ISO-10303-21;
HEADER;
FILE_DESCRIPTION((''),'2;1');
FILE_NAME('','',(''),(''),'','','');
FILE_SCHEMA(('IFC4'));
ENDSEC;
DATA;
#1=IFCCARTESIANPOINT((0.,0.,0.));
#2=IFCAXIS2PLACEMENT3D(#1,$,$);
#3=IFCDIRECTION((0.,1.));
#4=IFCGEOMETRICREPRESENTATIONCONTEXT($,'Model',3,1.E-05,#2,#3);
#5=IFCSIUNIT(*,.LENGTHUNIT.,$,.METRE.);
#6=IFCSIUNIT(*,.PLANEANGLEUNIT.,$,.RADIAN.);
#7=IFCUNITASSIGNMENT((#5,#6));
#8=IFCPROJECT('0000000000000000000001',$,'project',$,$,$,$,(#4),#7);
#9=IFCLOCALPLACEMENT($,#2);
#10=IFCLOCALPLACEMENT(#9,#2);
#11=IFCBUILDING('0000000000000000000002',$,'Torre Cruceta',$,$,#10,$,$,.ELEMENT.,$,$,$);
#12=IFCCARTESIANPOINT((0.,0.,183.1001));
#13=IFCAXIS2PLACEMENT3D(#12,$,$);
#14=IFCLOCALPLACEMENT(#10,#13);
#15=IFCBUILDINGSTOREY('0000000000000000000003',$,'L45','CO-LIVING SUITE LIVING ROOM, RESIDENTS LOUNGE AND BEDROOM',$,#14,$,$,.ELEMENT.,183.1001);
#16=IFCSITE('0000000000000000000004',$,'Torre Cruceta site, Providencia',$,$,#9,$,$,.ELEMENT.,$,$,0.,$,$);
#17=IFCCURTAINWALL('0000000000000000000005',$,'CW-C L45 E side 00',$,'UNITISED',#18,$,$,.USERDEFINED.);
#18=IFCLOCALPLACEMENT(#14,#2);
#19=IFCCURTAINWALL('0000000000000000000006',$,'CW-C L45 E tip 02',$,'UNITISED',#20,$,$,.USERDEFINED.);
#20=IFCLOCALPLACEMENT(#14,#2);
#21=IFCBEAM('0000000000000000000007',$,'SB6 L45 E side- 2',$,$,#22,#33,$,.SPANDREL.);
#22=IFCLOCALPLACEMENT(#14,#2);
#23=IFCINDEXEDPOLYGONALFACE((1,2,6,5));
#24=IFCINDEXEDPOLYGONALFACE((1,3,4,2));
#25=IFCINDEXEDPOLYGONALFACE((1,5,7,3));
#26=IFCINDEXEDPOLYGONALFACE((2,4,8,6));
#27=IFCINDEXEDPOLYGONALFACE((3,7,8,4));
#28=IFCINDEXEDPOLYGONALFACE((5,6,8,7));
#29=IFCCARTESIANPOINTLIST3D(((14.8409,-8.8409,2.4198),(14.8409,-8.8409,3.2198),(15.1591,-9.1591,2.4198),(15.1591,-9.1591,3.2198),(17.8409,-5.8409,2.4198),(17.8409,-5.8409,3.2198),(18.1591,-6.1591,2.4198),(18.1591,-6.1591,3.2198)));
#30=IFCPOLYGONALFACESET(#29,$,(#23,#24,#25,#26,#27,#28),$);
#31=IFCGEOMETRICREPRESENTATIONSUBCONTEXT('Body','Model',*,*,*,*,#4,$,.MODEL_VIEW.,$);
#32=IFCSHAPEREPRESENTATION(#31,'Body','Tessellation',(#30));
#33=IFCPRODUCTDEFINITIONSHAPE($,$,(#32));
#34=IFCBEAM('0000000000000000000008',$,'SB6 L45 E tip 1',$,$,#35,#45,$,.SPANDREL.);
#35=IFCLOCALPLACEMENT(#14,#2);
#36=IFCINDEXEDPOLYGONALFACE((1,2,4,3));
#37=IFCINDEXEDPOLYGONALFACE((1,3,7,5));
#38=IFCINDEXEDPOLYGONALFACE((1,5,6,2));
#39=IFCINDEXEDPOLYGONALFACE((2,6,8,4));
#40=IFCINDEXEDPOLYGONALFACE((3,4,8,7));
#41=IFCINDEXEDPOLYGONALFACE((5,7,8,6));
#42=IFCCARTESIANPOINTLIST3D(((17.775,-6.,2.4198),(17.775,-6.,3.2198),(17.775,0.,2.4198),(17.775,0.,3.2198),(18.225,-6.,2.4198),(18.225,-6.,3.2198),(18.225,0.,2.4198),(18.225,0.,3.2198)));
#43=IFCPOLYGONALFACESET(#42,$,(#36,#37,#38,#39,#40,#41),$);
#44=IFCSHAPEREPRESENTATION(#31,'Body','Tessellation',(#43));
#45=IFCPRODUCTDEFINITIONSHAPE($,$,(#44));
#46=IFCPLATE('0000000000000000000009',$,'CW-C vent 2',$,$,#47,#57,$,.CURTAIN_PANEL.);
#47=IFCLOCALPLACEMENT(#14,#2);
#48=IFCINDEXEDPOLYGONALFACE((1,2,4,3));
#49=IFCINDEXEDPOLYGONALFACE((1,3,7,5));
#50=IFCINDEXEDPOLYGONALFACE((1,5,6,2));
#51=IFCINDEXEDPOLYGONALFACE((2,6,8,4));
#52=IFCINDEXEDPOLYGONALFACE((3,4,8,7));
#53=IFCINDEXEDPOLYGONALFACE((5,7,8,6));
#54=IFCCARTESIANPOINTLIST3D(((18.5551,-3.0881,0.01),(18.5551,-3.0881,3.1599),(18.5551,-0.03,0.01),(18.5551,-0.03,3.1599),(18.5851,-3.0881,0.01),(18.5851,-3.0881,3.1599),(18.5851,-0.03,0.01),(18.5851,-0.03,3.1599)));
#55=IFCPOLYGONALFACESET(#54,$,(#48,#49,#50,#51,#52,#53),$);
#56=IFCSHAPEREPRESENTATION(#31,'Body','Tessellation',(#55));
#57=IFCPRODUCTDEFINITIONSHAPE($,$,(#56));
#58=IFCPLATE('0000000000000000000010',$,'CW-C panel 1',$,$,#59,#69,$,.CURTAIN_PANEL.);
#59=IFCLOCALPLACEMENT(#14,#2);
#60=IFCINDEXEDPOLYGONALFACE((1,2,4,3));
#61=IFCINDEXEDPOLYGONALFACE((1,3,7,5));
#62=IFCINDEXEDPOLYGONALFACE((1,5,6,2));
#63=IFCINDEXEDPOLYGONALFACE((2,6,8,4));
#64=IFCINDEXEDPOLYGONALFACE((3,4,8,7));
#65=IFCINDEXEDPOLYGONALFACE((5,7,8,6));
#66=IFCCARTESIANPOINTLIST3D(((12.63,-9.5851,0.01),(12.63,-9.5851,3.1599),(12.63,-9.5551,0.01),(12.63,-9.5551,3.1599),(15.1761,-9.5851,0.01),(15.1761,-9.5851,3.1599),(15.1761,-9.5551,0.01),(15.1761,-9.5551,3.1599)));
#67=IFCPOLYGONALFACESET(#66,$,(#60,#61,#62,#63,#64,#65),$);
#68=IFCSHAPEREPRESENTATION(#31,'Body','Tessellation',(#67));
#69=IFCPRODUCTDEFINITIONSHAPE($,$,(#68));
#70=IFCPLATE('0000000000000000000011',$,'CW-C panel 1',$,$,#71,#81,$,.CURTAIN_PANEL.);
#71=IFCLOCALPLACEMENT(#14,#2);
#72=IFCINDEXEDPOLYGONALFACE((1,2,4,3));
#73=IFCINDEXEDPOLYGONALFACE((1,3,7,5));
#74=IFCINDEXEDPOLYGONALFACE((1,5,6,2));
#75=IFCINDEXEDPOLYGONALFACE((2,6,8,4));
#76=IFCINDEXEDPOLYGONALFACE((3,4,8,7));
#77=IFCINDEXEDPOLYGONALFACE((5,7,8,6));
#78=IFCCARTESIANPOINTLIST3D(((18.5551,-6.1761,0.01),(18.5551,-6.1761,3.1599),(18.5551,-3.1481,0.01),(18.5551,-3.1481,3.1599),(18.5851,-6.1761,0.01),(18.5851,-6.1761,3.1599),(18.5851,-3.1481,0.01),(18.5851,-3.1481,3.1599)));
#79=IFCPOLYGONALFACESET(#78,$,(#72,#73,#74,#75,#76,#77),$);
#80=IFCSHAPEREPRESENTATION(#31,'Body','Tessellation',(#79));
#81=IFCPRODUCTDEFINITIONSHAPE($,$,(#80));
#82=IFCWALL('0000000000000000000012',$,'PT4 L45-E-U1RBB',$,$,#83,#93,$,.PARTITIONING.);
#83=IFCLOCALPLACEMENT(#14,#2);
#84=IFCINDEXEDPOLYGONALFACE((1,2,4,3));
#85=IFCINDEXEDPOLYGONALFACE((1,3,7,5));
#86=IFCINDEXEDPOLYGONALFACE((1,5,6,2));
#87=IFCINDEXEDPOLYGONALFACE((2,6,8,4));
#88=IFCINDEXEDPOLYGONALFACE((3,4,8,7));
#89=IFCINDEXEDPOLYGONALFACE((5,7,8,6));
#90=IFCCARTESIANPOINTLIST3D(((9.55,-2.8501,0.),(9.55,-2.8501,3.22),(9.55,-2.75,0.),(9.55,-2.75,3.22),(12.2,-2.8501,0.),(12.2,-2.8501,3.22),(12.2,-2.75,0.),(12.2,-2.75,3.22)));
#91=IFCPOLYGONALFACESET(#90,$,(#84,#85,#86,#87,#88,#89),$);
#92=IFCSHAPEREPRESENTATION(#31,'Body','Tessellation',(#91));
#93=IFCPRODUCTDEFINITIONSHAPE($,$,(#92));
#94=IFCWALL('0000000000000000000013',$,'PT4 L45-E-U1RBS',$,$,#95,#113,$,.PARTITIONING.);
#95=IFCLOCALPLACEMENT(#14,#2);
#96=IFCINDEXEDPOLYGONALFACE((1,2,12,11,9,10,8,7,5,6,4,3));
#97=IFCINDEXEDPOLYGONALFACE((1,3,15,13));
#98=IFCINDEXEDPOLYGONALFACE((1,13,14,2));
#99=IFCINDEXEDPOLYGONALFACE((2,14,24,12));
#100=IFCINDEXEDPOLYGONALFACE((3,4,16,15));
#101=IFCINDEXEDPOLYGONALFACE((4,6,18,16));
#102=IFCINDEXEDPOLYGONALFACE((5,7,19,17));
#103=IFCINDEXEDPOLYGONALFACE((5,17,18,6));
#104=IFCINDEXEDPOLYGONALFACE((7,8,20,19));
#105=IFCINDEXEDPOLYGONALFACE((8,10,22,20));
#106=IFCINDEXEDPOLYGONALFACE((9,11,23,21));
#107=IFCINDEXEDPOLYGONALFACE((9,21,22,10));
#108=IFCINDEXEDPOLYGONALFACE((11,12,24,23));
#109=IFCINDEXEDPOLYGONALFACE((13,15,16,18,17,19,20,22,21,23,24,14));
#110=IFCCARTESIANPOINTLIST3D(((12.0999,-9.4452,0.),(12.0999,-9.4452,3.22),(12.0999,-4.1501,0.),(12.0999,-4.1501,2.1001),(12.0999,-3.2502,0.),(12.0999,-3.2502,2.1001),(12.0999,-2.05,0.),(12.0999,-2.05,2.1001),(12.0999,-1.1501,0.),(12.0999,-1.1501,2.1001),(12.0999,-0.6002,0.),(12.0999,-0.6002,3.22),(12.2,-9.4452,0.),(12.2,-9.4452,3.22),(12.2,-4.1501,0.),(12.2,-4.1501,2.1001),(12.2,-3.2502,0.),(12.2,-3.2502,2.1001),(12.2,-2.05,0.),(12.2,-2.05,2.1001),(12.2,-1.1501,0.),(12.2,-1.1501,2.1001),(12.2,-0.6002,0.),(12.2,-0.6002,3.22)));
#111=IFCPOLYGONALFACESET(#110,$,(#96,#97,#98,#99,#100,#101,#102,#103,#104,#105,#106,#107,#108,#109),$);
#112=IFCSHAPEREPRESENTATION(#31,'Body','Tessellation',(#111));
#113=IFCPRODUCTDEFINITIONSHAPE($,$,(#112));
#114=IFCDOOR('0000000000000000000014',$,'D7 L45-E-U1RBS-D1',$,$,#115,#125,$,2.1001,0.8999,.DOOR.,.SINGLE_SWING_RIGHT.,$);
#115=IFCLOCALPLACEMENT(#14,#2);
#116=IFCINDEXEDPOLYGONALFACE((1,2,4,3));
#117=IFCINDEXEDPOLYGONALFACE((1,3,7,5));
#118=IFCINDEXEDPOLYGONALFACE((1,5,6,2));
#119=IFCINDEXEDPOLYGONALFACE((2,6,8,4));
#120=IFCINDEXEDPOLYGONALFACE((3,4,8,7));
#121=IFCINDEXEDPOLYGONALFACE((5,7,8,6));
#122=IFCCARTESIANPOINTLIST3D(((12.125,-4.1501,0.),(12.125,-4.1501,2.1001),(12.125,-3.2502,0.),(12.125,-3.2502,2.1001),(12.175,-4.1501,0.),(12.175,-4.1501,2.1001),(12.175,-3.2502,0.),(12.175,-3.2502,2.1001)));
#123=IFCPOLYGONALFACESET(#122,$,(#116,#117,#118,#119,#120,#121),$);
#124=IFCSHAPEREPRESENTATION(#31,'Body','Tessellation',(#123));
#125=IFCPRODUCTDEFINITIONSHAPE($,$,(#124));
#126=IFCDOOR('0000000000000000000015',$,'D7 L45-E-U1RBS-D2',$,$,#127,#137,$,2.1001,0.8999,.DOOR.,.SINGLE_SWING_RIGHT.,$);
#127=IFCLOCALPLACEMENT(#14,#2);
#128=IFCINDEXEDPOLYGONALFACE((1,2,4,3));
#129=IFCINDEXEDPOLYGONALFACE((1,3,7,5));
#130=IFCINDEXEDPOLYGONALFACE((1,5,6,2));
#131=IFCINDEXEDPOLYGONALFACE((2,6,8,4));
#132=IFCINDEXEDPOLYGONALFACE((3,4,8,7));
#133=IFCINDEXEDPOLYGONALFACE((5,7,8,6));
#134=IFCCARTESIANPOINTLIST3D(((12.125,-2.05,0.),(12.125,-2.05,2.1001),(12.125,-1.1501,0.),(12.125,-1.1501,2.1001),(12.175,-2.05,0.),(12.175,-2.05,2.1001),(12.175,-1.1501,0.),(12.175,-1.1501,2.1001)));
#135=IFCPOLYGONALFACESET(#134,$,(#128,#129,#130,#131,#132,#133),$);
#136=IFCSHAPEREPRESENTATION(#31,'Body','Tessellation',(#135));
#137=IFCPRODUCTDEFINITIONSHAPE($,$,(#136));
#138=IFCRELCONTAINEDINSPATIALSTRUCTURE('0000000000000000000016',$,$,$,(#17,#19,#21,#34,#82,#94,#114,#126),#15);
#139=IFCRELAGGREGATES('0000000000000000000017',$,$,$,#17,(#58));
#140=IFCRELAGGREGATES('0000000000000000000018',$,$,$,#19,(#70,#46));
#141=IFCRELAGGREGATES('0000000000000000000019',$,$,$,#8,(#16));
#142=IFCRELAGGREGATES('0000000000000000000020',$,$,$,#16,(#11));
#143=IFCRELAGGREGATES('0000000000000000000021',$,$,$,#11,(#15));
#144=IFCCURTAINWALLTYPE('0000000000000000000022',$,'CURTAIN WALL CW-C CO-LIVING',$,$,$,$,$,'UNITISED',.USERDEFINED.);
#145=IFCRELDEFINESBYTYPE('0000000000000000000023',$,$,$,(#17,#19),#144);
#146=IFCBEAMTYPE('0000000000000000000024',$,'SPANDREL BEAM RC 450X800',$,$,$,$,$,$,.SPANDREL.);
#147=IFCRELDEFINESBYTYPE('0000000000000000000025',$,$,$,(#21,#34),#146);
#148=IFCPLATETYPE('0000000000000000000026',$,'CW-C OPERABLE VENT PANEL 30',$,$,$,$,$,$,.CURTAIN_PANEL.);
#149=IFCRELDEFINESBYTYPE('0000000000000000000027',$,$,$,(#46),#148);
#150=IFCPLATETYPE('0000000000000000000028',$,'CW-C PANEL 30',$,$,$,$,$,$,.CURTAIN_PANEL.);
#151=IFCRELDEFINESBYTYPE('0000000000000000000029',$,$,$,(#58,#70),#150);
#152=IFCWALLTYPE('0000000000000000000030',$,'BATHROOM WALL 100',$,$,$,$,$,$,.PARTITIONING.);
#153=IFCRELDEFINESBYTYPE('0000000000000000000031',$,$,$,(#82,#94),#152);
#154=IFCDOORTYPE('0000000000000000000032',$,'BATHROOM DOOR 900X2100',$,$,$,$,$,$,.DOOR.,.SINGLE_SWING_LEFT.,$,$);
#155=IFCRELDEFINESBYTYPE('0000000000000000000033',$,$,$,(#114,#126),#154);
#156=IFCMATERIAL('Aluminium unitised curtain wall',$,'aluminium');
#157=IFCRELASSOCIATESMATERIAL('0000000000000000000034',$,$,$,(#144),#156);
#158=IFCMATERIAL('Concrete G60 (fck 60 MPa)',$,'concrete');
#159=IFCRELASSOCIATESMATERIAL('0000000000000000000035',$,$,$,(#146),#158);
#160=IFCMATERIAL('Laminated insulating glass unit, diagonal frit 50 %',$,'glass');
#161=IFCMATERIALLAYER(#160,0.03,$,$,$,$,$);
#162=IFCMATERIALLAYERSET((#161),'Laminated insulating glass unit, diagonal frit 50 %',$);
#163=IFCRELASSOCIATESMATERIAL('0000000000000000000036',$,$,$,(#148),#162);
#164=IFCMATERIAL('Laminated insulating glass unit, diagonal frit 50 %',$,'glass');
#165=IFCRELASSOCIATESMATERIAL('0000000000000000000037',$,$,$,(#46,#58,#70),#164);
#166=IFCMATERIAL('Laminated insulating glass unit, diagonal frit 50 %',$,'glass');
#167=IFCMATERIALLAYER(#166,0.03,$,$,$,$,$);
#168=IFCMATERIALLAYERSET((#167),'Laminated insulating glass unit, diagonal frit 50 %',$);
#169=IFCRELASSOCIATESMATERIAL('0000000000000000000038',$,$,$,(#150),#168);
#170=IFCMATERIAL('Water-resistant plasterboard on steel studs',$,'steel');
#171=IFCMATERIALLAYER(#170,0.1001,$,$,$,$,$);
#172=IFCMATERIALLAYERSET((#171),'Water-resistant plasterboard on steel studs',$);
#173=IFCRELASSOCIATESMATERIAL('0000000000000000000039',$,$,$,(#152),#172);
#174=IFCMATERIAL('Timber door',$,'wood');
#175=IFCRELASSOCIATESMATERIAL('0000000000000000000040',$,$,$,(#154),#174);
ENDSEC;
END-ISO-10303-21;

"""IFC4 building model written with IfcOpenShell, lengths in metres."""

from ifc_helpers import new_model, si_unit, direction, frame, frame_2d, origin, origin_2d, place, context, subcontext, project, spatial, rectangle, extrude, material, layer, layer_set, material_profile, profile_set, type_object, element, fill, aggregate, save


model = new_model("IFC4")

# Units and contexts
model_context = context("Model", 3, precision=1e-05, world=origin(), true_north=direction((0.0, 1.0)))
body_context = subcontext(model_context, "Body", "Model", "MODEL_VIEW")
ifc_project = project(units=[si_unit("LENGTHUNIT", "METRE"), si_unit("PLANEANGLEUNIT", "RADIAN")], contexts=[model_context])

# Site, building, storey
site_placement = place(None, origin())
site = spatial("IfcSite", under=ifc_project, at=site_placement, Name="Torre Cruceta site, Providencia", CompositionType="ELEMENT", RefElevation=0.0)
building_placement = place(site_placement, origin())
building = spatial("IfcBuilding", under=site, at=building_placement, Name="Torre Cruceta", CompositionType="ELEMENT")
storey_placement = place(building_placement, frame((0.0, 0.0, 183.1001)))
storey = spatial("IfcBuildingStorey", under=building, at=storey_placement, Name="L45", Description="CO-LIVING SUITE LIVING ROOM, RESIDENTS LOUNGE AND BEDROOM", CompositionType="ELEMENT", Elevation=183.1001)

# Curtain wall
ifc_material_1 = material(Name="Aluminium unitised curtain wall", Category="aluminium")
curtain_wall_type = type_object("IfcCurtainWallType", Name="CURTAIN WALL CW-C CO-LIVING", ElementType="UNITISED", PredefinedType="USERDEFINED", material=ifc_material_1)
curtain_wall_1_placement = place(storey_placement, origin())
curtain_wall_1 = element("IfcCurtainWall", 1, at=curtain_wall_1_placement, inside=storey, type_object=curtain_wall_type, Name="CW-C L45 E side 00", ObjectType="UNITISED", PredefinedType="USERDEFINED")

# Curtain wall
curtain_wall_2_placement = place(storey_placement, origin())
curtain_wall_2 = element("IfcCurtainWall", 2, at=curtain_wall_2_placement, inside=storey, type_object=curtain_wall_type, Name="CW-C L45 E tip 02", ObjectType="UNITISED", PredefinedType="USERDEFINED")

# Beams
ifc_material_2 = material(Name="Concrete G60 (fck 60 MPa)", Category="concrete")
ifc_material_profile_1 = material_profile(ifc_material_2, rectangle(XDim=0.45, YDim=0.8, at=origin_2d()), Name="RC 450X800")
ifc_profile_set_1 = profile_set([ifc_material_profile_1], Name="Concrete G60 (fck 60 MPa)")
beam_type_1 = type_object("IfcBeamType", Name="SPANDREL BEAM RC 450X800", PredefinedType="SPANDREL", material=ifc_profile_set_1)
beam_1_placement = place(storey_placement, frame((15.0, -9.0, 2.8198), z_axis=(0.707107, 0.707107, 0.0), x_axis=(-0.707107, 0.707107, 0.0)))
element("IfcBeam", 3, at=beam_1_placement, inside=storey, type_object=beam_type_1, Name="SB6 L45 E side- 2", PredefinedType="SPANDREL", context=body_context, shape_type="SweptSolid", body=[
    extrude(rectangle(XDim=0.45, YDim=0.8, at=origin_2d()), origin(), (0.0, 0.0, 1.0), 4.2427),
])
beam_2_placement = place(storey_placement, frame((18.0, -6.0, 2.8198), z_axis=(0.0, 1.0, 0.0), x_axis=(-1.0, 0.0, 0.0)))
element("IfcBeam", 4, at=beam_2_placement, inside=storey, type_object=beam_type_1, Name="SB6 L45 E tip 1", PredefinedType="SPANDREL", context=body_context, shape_type="SweptSolid", body=[
    extrude(rectangle(XDim=0.45, YDim=0.8, at=origin_2d()), origin(), (0.0, 0.0, 1.0), 6.0),
])

# Plates
ifc_material_3 = material(Name="Laminated insulating glass unit, diagonal frit 50 %", Category="glass")
ifc_material_4 = material(Name="Laminated insulating glass unit, diagonal frit 50 %", Category="glass")
ifc_layer_1 = layer(ifc_material_4, 0.03)
ifc_layer_set_1 = layer_set([ifc_layer_1], Name="Laminated insulating glass unit, diagonal frit 50 %")
plate_type_1 = type_object("IfcPlateType", Name="CW-C OPERABLE VENT PANEL 30", PredefinedType="CURTAIN_PANEL", material=ifc_layer_set_1)
plate_1_placement = place(storey_placement, frame((18.5701, -1.5591, 0.01), z_axis=(0.0, 0.0, 1.0), x_axis=(0.0, 1.0, 0.0)))
plate_1 = element("IfcPlate", 5, at=plate_1_placement, type_object=plate_type_1, material=ifc_material_3, Name="CW-C vent 2", PredefinedType="CURTAIN_PANEL", context=body_context, shape_type="SweptSolid", body=[
    extrude(rectangle(XDim=3.0581, YDim=0.03, at=origin_2d()), origin(), (0.0, 0.0, 1.0), 3.1499),
])
ifc_material_5 = material(Name="Laminated insulating glass unit, diagonal frit 50 %", Category="glass")
ifc_layer_2 = layer(ifc_material_5, 0.03)
ifc_layer_set_2 = layer_set([ifc_layer_2], Name="Laminated insulating glass unit, diagonal frit 50 %")
plate_type_2 = type_object("IfcPlateType", Name="CW-C PANEL 30", PredefinedType="CURTAIN_PANEL", material=ifc_layer_set_2)
plate_2_placement = place(storey_placement, frame((13.9031, -9.5701, 0.01), z_axis=(0.0, 0.0, 1.0), x_axis=(1.0, 0.0, 0.0)))
plate_2 = element("IfcPlate", 6, at=plate_2_placement, type_object=plate_type_2, material=ifc_material_3, Name="CW-C panel 1", PredefinedType="CURTAIN_PANEL", context=body_context, shape_type="SweptSolid", body=[
    extrude(rectangle(XDim=2.5461, YDim=0.03, at=origin_2d()), origin(), (0.0, 0.0, 1.0), 3.1499),
])
aggregate(curtain_wall_1, [plate_2])
plate_3_placement = place(storey_placement, frame((18.5701, -4.6621, 0.01), z_axis=(0.0, 0.0, 1.0), x_axis=(0.0, 1.0, 0.0)))
plate_3 = element("IfcPlate", 7, at=plate_3_placement, type_object=plate_type_2, material=ifc_material_3, Name="CW-C panel 1", PredefinedType="CURTAIN_PANEL", context=body_context, shape_type="SweptSolid", body=[
    extrude(rectangle(XDim=3.0281, YDim=0.03, at=origin_2d()), origin(), (0.0, 0.0, 1.0), 3.1499),
])
aggregate(curtain_wall_2, [plate_3, plate_1])

# Wall
ifc_material_6 = material(Name="Water-resistant plasterboard on steel studs", Category="steel")
ifc_layer_3 = layer(ifc_material_6, 0.1001)
ifc_layer_set_3 = layer_set([ifc_layer_3], Name="Water-resistant plasterboard on steel studs")
wall_type_1 = type_object("IfcWallType", Name="BATHROOM WALL 100", PredefinedType="PARTITIONING", material=ifc_layer_set_3)
wall_1_placement = place(storey_placement, frame((9.55, -2.8, 0.0), z_axis=(0.0, 0.0, 1.0), x_axis=(1.0, 0.0, 0.0)))
element("IfcWall", 8, at=wall_1_placement, inside=storey, type_object=wall_type_1, Name="PT4 L45-E-U1RBB", PredefinedType="PARTITIONING", context=body_context, shape_type="SweptSolid", body=[
    extrude(rectangle(XDim=2.6499, YDim=0.1001, at=frame_2d((1.325, 0.0))), origin(), (0.0, 0.0, 1.0), 3.22),
])

# Wall, openings, doors
wall_2_placement = place(storey_placement, frame((12.1499, -9.4451, 0.0), z_axis=(0.0, 0.0, 1.0), x_axis=(0.0, 1.0, 0.0)))
wall_2 = element("IfcWall", 9, at=wall_2_placement, inside=storey, type_object=wall_type_1, Name="PT4 L45-E-U1RBS", PredefinedType="PARTITIONING", context=body_context, shape_type="SweptSolid", body=[
    extrude(rectangle(XDim=8.845, YDim=0.1001, at=frame_2d((4.4224, 0.0))), origin(), (0.0, 0.0, 1.0), 3.22),
])
opening_1_placement = place(wall_2_placement, frame((5.2949, 0.0, 0.0)))
opening_1 = element("IfcOpeningElement", 10, at=opening_1_placement, cuts=wall_2, PredefinedType="OPENING", context=body_context, shape_type="SweptSolid", body=[
    extrude(rectangle(XDim=0.8999, YDim=2.1001, at=frame_2d((0.45, 1.05))), frame((0.0, 0.0601, 0.0), z_axis=(0.0, -1.0, 0.0), x_axis=(1.0, 0.0, 0.0)), (0.0, 0.0, 1.0), 0.1201),
])
opening_2_placement = place(wall_2_placement, frame((7.395, 0.0, 0.0)))
opening_2 = element("IfcOpeningElement", 11, at=opening_2_placement, cuts=wall_2, PredefinedType="OPENING", context=body_context, shape_type="SweptSolid", body=[
    extrude(rectangle(XDim=0.8999, YDim=2.1001, at=frame_2d((0.45, 1.05))), frame((0.0, 0.0601, 0.0), z_axis=(0.0, -1.0, 0.0), x_axis=(1.0, 0.0, 0.0)), (0.0, 0.0, 1.0), 0.1201),
])
ifc_material_7 = material(Name="Timber door", Category="wood")
door_type = type_object("IfcDoorType", Name="BATHROOM DOOR 900X2100", OperationType="SINGLE_SWING_LEFT", PredefinedType="DOOR", material=ifc_material_7)
door_1_placement = place(opening_1_placement, origin())
door_1 = element("IfcDoor", 12, at=door_1_placement, inside=storey, type_object=door_type, Name="D7 L45-E-U1RBS-D1", OperationType="SINGLE_SWING_RIGHT", OverallHeight=2.1001, OverallWidth=0.8999, PredefinedType="DOOR", context=body_context, shape_type="SweptSolid", body=[
    extrude(rectangle(XDim=0.8999, YDim=2.1001, at=frame_2d((0.45, 1.05))), frame((0.0, 0.0249, 0.0), z_axis=(0.0, -1.0, 0.0), x_axis=(1.0, 0.0, 0.0)), (0.0, 0.0, 1.0), 0.05),
])
fill(opening_1, door_1)
door_2_placement = place(opening_2_placement, origin())
door_2 = element("IfcDoor", 13, at=door_2_placement, inside=storey, type_object=door_type, Name="D7 L45-E-U1RBS-D2", OperationType="SINGLE_SWING_RIGHT", OverallHeight=2.1001, OverallWidth=0.8999, PredefinedType="DOOR", context=body_context, shape_type="SweptSolid", body=[
    extrude(rectangle(XDim=0.8999, YDim=2.1001, at=frame_2d((0.45, 1.05))), frame((0.0, 0.0249, 0.0), z_axis=(0.0, -1.0, 0.0), x_axis=(1.0, 0.0, 0.0)), (0.0, 0.0, 1.0), 0.05),
])
fill(opening_2, door_2)

save(model, "model.ifc")
